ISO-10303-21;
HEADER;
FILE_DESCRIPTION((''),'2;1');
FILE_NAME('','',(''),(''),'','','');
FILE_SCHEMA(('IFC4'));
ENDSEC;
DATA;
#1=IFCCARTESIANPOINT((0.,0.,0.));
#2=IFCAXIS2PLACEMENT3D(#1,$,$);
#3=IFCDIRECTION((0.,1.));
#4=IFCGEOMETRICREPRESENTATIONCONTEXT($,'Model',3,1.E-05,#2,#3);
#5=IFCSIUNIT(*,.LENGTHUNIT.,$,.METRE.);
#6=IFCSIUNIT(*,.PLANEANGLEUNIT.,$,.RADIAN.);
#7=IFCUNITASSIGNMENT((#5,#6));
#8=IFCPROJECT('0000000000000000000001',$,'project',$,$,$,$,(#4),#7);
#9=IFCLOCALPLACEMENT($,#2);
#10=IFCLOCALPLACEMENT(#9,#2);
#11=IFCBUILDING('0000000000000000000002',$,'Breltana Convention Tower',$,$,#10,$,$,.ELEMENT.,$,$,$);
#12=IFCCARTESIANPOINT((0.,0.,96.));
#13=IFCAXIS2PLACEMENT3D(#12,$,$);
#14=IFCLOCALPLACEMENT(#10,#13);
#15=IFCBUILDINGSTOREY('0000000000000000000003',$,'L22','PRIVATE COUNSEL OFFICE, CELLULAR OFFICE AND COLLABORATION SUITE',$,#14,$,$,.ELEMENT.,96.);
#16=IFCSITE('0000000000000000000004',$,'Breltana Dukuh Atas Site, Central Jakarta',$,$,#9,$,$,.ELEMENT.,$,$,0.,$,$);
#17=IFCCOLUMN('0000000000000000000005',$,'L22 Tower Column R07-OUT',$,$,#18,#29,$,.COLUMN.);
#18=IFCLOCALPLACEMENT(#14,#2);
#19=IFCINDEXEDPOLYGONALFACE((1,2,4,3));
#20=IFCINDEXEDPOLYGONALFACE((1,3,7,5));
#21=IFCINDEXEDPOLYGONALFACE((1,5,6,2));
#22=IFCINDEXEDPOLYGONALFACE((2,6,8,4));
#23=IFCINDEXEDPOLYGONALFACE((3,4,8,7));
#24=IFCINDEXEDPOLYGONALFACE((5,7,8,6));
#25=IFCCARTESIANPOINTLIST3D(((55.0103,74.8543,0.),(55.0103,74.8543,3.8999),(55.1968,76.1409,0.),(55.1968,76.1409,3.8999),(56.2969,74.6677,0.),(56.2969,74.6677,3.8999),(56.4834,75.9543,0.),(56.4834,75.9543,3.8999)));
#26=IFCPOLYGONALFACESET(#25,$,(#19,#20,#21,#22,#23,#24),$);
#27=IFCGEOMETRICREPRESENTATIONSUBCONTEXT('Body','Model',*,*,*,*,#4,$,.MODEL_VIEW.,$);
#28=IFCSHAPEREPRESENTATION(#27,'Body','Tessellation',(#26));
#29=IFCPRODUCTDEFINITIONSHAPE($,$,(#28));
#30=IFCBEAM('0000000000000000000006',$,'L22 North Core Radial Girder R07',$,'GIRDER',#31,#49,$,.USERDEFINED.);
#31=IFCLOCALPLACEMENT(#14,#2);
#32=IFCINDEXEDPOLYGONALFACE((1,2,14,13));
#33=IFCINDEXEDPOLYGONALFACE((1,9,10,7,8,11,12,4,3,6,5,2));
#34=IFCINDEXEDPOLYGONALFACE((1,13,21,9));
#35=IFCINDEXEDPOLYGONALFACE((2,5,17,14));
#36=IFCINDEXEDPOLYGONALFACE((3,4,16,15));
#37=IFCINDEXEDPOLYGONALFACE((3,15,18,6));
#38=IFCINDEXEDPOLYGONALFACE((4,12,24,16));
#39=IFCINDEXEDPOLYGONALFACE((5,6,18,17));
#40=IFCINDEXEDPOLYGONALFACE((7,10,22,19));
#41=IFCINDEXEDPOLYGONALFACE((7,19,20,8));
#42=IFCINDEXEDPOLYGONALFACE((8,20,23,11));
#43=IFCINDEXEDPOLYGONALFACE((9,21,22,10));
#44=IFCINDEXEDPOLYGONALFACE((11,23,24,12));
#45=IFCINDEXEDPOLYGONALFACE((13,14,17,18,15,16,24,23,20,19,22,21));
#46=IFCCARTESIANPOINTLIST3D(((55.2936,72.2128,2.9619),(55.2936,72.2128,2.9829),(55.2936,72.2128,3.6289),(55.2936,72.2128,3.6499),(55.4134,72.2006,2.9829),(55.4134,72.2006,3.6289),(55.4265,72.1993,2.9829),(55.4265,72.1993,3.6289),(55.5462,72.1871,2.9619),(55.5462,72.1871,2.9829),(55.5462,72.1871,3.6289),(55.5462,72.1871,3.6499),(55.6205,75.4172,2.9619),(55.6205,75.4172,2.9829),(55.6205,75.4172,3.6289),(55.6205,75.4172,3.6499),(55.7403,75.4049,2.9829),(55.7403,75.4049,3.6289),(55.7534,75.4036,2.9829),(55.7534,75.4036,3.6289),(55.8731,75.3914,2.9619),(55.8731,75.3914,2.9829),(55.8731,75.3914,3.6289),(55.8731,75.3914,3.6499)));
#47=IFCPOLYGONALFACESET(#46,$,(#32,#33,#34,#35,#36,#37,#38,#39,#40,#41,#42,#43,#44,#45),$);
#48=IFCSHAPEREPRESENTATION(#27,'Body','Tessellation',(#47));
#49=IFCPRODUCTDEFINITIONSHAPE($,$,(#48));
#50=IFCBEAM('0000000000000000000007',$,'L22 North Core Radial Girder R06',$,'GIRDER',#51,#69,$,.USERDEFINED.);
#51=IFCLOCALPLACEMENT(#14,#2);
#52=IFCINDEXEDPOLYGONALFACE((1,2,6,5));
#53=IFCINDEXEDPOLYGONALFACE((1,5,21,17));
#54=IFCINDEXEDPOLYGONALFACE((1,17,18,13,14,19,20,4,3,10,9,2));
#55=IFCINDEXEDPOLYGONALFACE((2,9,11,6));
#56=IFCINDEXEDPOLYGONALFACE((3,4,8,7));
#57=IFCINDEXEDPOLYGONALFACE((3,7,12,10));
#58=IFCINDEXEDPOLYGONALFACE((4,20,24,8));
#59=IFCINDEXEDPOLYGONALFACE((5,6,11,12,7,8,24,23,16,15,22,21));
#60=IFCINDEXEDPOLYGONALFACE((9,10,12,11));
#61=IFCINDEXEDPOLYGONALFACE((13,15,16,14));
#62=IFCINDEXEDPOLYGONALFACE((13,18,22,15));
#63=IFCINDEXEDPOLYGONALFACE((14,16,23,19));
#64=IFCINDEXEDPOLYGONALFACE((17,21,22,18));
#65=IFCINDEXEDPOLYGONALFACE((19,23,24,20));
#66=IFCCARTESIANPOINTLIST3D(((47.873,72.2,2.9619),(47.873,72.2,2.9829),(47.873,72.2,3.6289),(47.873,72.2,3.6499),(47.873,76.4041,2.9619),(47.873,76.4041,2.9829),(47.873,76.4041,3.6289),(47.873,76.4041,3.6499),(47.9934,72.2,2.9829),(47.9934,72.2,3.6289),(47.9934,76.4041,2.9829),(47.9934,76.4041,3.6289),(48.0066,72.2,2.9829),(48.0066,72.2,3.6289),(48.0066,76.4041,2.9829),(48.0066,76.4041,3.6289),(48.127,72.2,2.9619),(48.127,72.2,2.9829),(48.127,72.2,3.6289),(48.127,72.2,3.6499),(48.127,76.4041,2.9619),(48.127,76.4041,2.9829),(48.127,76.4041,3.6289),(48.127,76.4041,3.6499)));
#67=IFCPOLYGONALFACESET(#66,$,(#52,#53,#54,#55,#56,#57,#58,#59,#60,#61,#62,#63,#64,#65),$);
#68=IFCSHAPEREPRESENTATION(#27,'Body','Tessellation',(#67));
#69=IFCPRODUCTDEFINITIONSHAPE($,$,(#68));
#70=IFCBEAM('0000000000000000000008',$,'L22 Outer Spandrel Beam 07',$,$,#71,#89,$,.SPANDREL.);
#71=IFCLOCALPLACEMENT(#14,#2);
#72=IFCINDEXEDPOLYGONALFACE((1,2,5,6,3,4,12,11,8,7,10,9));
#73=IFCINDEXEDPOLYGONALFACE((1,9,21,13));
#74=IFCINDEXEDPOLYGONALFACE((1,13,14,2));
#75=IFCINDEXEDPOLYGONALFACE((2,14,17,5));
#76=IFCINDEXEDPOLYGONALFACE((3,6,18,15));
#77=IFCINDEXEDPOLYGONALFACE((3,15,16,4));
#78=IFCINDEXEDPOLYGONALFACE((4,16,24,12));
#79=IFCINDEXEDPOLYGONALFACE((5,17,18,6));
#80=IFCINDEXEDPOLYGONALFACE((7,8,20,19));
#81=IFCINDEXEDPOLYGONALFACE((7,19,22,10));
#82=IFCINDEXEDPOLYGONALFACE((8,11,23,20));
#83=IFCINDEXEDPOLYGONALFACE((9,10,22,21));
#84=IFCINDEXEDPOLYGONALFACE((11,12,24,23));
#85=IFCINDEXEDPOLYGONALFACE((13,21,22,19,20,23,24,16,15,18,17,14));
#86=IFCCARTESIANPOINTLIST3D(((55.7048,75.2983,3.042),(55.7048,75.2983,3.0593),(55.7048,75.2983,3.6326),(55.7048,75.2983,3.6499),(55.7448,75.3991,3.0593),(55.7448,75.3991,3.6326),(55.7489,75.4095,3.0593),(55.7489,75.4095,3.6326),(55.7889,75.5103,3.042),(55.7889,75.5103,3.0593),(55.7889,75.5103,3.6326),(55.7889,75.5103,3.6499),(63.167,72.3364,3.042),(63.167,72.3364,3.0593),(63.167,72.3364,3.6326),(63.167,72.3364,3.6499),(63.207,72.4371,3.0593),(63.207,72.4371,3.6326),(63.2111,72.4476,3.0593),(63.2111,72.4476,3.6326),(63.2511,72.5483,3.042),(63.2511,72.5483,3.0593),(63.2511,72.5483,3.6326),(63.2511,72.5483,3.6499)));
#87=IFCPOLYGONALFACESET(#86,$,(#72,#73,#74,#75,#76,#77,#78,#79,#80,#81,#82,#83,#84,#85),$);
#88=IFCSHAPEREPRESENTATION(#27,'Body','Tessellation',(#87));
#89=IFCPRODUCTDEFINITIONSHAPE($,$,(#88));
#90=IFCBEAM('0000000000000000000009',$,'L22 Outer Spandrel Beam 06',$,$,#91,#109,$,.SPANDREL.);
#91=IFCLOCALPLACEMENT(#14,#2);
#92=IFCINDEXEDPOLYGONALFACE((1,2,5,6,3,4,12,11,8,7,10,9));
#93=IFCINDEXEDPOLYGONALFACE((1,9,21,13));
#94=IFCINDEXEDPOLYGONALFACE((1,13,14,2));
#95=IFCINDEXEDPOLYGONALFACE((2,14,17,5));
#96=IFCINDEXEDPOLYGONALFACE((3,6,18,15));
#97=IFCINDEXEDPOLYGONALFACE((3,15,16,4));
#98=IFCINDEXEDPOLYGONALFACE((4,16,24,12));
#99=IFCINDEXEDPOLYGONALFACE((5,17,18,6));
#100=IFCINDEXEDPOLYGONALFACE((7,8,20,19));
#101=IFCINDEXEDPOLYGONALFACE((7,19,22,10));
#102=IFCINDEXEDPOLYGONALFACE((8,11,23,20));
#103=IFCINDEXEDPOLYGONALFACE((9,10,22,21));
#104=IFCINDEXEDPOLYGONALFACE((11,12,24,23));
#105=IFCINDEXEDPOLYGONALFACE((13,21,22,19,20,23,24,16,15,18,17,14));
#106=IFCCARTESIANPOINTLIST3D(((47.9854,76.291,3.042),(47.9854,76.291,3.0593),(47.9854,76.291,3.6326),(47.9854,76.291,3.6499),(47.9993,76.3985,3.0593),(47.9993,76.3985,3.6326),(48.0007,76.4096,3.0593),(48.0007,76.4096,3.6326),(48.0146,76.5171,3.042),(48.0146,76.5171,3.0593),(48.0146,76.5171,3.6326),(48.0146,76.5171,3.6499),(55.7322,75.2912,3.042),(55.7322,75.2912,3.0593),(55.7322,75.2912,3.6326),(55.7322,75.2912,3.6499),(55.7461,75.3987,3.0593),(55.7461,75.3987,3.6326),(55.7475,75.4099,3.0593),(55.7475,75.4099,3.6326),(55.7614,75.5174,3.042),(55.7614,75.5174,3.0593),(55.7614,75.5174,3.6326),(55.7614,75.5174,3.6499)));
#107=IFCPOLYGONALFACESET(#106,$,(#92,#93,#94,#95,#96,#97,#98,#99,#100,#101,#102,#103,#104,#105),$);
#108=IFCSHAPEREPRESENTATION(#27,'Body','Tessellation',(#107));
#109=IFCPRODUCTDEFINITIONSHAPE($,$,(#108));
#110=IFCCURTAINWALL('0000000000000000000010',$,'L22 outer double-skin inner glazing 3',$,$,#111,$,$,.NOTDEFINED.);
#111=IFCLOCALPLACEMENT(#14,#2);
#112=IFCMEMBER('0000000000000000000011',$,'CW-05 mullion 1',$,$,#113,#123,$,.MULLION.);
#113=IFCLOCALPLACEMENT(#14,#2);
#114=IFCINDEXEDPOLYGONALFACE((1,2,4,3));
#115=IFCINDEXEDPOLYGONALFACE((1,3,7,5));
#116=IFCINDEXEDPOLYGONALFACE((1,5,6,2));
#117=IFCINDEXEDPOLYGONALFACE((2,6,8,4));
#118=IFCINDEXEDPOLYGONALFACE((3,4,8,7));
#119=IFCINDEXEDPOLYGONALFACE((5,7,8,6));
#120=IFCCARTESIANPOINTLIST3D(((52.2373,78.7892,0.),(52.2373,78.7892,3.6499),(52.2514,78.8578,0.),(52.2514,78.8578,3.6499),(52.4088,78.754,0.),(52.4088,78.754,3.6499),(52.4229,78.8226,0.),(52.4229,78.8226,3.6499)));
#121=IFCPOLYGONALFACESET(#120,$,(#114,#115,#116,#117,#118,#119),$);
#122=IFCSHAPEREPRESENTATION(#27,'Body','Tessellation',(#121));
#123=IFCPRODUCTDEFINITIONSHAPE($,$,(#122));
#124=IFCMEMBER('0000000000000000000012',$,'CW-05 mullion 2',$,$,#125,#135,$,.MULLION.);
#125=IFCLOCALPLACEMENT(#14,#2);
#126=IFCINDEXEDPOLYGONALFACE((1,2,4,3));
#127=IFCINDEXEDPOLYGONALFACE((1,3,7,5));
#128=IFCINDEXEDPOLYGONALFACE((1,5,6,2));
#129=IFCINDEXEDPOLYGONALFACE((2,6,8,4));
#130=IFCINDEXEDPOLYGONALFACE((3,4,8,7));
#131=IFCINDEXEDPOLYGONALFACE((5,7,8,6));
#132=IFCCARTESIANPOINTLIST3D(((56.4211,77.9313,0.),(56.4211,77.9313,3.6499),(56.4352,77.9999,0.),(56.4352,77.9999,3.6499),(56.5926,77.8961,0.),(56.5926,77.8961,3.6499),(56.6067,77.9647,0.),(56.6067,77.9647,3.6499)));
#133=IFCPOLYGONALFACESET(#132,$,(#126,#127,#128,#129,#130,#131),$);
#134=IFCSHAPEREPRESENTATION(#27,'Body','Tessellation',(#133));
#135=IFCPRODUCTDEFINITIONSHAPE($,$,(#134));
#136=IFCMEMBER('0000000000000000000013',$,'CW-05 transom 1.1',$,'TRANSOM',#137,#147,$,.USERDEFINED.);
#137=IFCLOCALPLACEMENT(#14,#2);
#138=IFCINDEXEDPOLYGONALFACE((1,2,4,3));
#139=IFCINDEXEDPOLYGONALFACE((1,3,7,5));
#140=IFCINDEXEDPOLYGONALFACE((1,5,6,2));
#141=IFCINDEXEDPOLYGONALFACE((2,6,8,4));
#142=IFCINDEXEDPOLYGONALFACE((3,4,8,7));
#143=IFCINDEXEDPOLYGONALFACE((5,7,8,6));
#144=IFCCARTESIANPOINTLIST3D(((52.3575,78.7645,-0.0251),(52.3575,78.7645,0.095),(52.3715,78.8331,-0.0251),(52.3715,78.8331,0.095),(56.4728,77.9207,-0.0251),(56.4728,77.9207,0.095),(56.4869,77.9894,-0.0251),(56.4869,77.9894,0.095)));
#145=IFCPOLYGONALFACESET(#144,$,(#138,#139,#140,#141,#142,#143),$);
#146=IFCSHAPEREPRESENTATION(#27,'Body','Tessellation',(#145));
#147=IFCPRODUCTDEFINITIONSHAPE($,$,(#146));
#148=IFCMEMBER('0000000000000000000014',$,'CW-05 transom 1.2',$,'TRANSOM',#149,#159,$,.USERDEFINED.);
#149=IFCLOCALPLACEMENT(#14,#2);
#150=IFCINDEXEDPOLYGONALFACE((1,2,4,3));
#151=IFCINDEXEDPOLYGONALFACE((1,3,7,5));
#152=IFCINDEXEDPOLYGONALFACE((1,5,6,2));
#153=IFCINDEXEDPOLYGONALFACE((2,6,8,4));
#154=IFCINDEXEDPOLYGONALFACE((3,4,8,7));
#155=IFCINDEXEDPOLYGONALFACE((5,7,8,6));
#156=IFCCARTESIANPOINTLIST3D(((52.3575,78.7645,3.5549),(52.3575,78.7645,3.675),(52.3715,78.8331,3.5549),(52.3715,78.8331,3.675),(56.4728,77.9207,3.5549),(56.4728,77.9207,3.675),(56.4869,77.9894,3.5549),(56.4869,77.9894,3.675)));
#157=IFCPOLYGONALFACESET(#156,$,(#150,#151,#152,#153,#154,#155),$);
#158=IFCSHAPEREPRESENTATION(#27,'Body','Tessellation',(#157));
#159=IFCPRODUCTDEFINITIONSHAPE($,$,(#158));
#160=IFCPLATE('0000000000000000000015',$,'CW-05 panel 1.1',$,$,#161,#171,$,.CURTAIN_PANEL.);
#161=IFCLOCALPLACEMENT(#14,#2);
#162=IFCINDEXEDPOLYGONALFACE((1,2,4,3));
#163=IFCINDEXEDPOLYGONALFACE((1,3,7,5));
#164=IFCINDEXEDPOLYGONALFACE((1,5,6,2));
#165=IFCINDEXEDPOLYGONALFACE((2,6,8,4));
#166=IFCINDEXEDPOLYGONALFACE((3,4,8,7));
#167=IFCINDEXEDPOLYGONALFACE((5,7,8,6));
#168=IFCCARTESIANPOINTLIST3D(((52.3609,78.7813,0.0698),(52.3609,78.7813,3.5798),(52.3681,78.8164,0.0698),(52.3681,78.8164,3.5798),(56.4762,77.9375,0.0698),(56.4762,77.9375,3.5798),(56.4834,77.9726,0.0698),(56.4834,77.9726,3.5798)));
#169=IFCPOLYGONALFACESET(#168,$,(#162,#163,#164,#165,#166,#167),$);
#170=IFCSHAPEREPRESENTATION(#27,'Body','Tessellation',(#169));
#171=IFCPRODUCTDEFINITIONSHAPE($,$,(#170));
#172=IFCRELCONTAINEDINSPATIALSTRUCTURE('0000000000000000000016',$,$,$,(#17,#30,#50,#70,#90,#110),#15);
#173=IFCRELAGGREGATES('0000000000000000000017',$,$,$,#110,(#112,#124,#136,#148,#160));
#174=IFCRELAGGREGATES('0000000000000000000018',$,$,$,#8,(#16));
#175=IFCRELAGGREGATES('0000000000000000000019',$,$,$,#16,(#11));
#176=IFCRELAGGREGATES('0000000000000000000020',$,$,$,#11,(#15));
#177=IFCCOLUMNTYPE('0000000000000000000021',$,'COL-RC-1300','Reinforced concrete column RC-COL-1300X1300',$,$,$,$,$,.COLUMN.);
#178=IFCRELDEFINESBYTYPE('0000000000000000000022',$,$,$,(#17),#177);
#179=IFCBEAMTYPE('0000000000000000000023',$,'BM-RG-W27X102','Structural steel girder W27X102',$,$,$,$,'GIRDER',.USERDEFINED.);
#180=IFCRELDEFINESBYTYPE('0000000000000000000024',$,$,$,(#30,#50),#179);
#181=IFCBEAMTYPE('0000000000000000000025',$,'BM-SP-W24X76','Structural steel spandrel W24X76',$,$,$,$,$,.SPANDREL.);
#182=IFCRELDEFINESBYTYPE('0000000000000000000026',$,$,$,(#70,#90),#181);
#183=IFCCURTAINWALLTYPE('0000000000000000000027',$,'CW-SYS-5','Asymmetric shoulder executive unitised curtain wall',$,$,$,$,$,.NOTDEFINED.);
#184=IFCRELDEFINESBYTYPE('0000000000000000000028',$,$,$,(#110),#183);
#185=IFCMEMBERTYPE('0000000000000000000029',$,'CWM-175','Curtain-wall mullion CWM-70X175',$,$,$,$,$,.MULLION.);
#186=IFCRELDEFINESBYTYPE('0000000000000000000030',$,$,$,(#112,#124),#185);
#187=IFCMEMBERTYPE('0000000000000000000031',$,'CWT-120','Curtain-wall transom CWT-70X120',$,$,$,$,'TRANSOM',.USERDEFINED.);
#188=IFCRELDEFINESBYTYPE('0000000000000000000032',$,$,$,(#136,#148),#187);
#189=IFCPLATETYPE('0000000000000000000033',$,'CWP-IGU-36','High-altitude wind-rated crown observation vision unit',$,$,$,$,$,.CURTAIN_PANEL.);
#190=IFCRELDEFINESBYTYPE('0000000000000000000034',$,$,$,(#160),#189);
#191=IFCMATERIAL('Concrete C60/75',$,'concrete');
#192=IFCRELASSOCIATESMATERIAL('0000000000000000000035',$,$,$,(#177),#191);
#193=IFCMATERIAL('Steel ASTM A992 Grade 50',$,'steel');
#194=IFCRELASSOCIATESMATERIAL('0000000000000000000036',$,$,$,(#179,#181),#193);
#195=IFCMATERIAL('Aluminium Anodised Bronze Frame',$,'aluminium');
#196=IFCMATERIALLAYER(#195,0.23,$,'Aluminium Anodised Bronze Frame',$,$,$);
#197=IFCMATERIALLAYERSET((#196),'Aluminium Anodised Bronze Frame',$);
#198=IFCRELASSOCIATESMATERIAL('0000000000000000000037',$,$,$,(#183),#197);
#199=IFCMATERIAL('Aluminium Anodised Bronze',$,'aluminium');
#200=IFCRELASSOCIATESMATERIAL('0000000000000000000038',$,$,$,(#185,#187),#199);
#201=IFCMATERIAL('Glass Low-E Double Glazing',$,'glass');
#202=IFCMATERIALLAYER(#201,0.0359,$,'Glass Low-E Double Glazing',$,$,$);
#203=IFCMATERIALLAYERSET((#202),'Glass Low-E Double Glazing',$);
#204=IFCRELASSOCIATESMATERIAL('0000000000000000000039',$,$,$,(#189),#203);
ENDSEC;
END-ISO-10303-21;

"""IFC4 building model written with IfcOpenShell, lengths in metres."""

from ifc_helpers import new_model, si_unit, direction, frame, origin, origin_2d, place, context, subcontext, project, spatial, rectangle, i_section, extrude, source, transform, mapped, material, layer, layer_set, material_profile, profile_set, type_object, element, aggregate, save


model = new_model("IFC4")

# Units and contexts
model_context = context("Model", 3, precision=1e-05, world=origin(), true_north=direction((0.0, 1.0)))
body_context = subcontext(model_context, "Body", "Model", "MODEL_VIEW")
ifc_project = project(units=[si_unit("LENGTHUNIT", "METRE"), si_unit("PLANEANGLEUNIT", "RADIAN")], contexts=[model_context])

# Site, building, storey
site_placement = place(None, origin())
site = spatial("IfcSite", under=ifc_project, at=site_placement, Name="Breltana Dukuh Atas Site, Central Jakarta", CompositionType="ELEMENT", RefElevation=0.0)
building_placement = place(site_placement, origin())
building = spatial("IfcBuilding", under=site, at=building_placement, Name="Breltana Convention Tower", CompositionType="ELEMENT")
storey_placement = place(building_placement, frame((0.0, 0.0, 96.0)))
storey = spatial("IfcBuildingStorey", under=building, at=storey_placement, Name="L22", Description="PRIVATE COUNSEL OFFICE, CELLULAR OFFICE AND COLLABORATION SUITE", CompositionType="ELEMENT", Elevation=96.0)

# Column
ifc_material_1 = material(Name="Concrete C60/75", Category="concrete")
ifc_material_profile_1 = material_profile(ifc_material_1, rectangle(XDim=1.3, YDim=1.3, at=origin_2d()), Name="RC-COL-1300X1300")
ifc_profile_set_1 = profile_set([ifc_material_profile_1], Name="Concrete C60/75")
column_type = type_object("IfcColumnType", Name="COL-RC-1300", Description="Reinforced concrete column RC-COL-1300X1300", PredefinedType="COLUMN", material=ifc_profile_set_1)
shared_shape_1 = source(origin(), body_context, "Body", "SweptSolid", [
    extrude(rectangle(XDim=1.3, YDim=1.3, at=origin_2d()), origin(), (0.0, 0.0, 1.0), 3.8999),
])
column_placement = place(storey_placement, frame((55.7468, 75.4043, 0.0), z_axis=(0.0, 0.0, 1.0), x_axis=(0.143493, 0.989651, 0.0)))
element("IfcColumn", 1, at=column_placement, inside=storey, type_object=column_type, Name="L22 Tower Column R07-OUT", PredefinedType="COLUMN", context=body_context, shape_type="MappedRepresentation", body=[
    mapped(shared_shape_1, transform((0.0, 0.0, 0.0), scale=1.0)),
])

# Beams
ifc_material_2 = material(Name="Steel ASTM A992 Grade 50", Category="steel")
ifc_material_profile_2 = material_profile(ifc_material_2, i_section(OverallWidth=0.2539, OverallDepth=0.688, WebThickness=0.0132, FlangeThickness=0.021, at=origin_2d()), Name="W27X102")
ifc_profile_set_2 = profile_set([ifc_material_profile_2], Name="Steel ASTM A992 Grade 50")
beam_type_1 = type_object("IfcBeamType", Name="BM-RG-W27X102", Description="Structural steel girder W27X102", ElementType="GIRDER", PredefinedType="USERDEFINED", material=ifc_profile_set_2)
shared_shape_2 = source(origin(), body_context, "Body", "SweptSolid", [
    extrude(i_section(OverallWidth=0.2539, OverallDepth=0.688, WebThickness=0.0132, FlangeThickness=0.021, at=origin_2d()), origin(), (0.0, 0.0, 1.0), 3.2209),
])
beam_1_placement = place(storey_placement, frame((55.4199, 72.2, 3.3059), z_axis=(0.101492, 0.994836, 0.0), x_axis=(-0.994836, 0.101492, 0.0)))
element("IfcBeam", 2, at=beam_1_placement, inside=storey, type_object=beam_type_1, Name="L22 North Core Radial Girder R07", ObjectType="GIRDER", PredefinedType="USERDEFINED", context=body_context, shape_type="MappedRepresentation", body=[
    mapped(shared_shape_2, transform((0.0, 0.0, 0.0), scale=1.0)),
])
shared_shape_3 = source(origin(), body_context, "Body", "SweptSolid", [
    extrude(i_section(OverallWidth=0.2539, OverallDepth=0.688, WebThickness=0.0132, FlangeThickness=0.021, at=origin_2d()), origin(), (0.0, 0.0, 1.0), 4.2041),
])
beam_2_placement = place(storey_placement, frame((48.0, 72.2, 3.3059), z_axis=(0.0, 1.0, 0.0), x_axis=(-1.0, 0.0, 0.0)))
element("IfcBeam", 3, at=beam_2_placement, inside=storey, type_object=beam_type_1, Name="L22 North Core Radial Girder R06", ObjectType="GIRDER", PredefinedType="USERDEFINED", context=body_context, shape_type="MappedRepresentation", body=[
    mapped(shared_shape_3, transform((0.0, 0.0, 0.0), scale=1.0)),
])
ifc_material_profile_3 = material_profile(ifc_material_2, i_section(OverallWidth=0.228, OverallDepth=0.6079, WebThickness=0.0112, FlangeThickness=0.0173, at=origin_2d()), Name="W24X76")
ifc_profile_set_3 = profile_set([ifc_material_profile_3], Name="Steel ASTM A992 Grade 50")
beam_type_2 = type_object("IfcBeamType", Name="BM-SP-W24X76", Description="Structural steel spandrel W24X76", PredefinedType="SPANDREL", material=ifc_profile_set_3)
shared_shape_4 = source(origin(), body_context, "Body", "SweptSolid", [
    extrude(i_section(OverallWidth=0.228, OverallDepth=0.6079, WebThickness=0.0112, FlangeThickness=0.0173, at=origin_2d()), origin(), (0.0, 0.0, 1.0), 8.0286),
])
beam_3_placement = place(storey_placement, frame((55.7468, 75.4043, 3.3459), z_axis=(0.929459, -0.368925, 0.0), x_axis=(0.368925, 0.929459, 0.0)))
element("IfcBeam", 4, at=beam_3_placement, inside=storey, type_object=beam_type_2, Name="L22 Outer Spandrel Beam 07", PredefinedType="SPANDREL", context=body_context, shape_type="MappedRepresentation", body=[
    mapped(shared_shape_4, transform((0.0, 0.0, 0.0), scale=1.0)),
])
shared_shape_5 = source(origin(), body_context, "Body", "SweptSolid", [
    extrude(i_section(OverallWidth=0.228, OverallDepth=0.6079, WebThickness=0.0112, FlangeThickness=0.0173, at=origin_2d()), origin(), (0.0, 0.0, 1.0), 7.811),
])
beam_4_placement = place(storey_placement, frame((48.0, 76.4041, 3.3459), z_axis=(0.991775, -0.127992, 0.0), x_axis=(0.127992, 0.991775, 0.0)))
element("IfcBeam", 5, at=beam_4_placement, inside=storey, type_object=beam_type_2, Name="L22 Outer Spandrel Beam 06", PredefinedType="SPANDREL", context=body_context, shape_type="MappedRepresentation", body=[
    mapped(shared_shape_5, transform((0.0, 0.0, 0.0), scale=1.0)),
])

# Curtain wall, members, plate
ifc_material_3 = material(Name="Aluminium Anodised Bronze Frame", Category="aluminium")
ifc_layer_1 = layer(ifc_material_3, 0.23, Name="Aluminium Anodised Bronze Frame")
ifc_layer_set_1 = layer_set([ifc_layer_1], Name="Aluminium Anodised Bronze Frame")
curtain_wall_type = type_object("IfcCurtainWallType", Name="CW-SYS-5", Description="Asymmetric shoulder executive unitised curtain wall", PredefinedType="NOTDEFINED", material=ifc_layer_set_1)
curtain_wall_placement = place(storey_placement, origin())
curtain_wall = element("IfcCurtainWall", 6, at=curtain_wall_placement, inside=storey, type_object=curtain_wall_type, Name="L22 outer double-skin inner glazing 3", PredefinedType="NOTDEFINED")
ifc_material_4 = material(Name="Aluminium Anodised Bronze", Category="aluminium")
ifc_material_profile_4 = material_profile(ifc_material_4, rectangle(XDim=0.0701, YDim=0.175, at=origin_2d()), Name="CWM-70X175")
ifc_profile_set_4 = profile_set([ifc_material_profile_4], Name="Aluminium Anodised Bronze")
member_type_1 = type_object("IfcMemberType", Name="CWM-175", Description="Curtain-wall mullion CWM-70X175", PredefinedType="MULLION", material=ifc_profile_set_4)
shared_shape_6 = source(origin(), body_context, "Body", "SweptSolid", [
    extrude(rectangle(XDim=0.0701, YDim=0.175, at=origin_2d()), origin(), (0.0, 0.0, 1.0), 3.6499),
])
member_1_placement = place(storey_placement, frame((52.3301, 78.8059, 0.0), z_axis=(0.0, 0.0, 1.0), x_axis=(0.200859, 0.97962, 0.0)))
member_1 = element("IfcMember", 7, at=member_1_placement, type_object=member_type_1, Name="CW-05 mullion 1", PredefinedType="MULLION", context=body_context, shape_type="MappedRepresentation", body=[
    mapped(shared_shape_6, transform((0.0, 0.0, 0.0), scale=1.0)),
])
member_2_placement = place(storey_placement, frame((56.5139, 77.948, 0.0), z_axis=(0.0, 0.0, 1.0), x_axis=(0.200859, 0.97962, 0.0)))
member_2 = element("IfcMember", 8, at=member_2_placement, type_object=member_type_1, Name="CW-05 mullion 2", PredefinedType="MULLION", context=body_context, shape_type="MappedRepresentation", body=[
    mapped(shared_shape_6, transform((0.0, 0.0, 0.0), scale=1.0)),
])
ifc_material_profile_5 = material_profile(ifc_material_4, rectangle(XDim=0.0701, YDim=0.1201, at=origin_2d()), Name="CWT-70X120")
ifc_profile_set_5 = profile_set([ifc_material_profile_5], Name="Aluminium Anodised Bronze")
member_type_2 = type_object("IfcMemberType", Name="CWT-120", Description="Curtain-wall transom CWT-70X120", ElementType="TRANSOM", PredefinedType="USERDEFINED", material=ifc_profile_set_5)
shared_shape_7 = source(origin(), body_context, "Body", "SweptSolid", [
    extrude(rectangle(XDim=0.0701, YDim=0.1201, at=origin_2d()), origin(), (0.0, 0.0, 1.0), 4.2009),
])
member_3_placement = place(storey_placement, frame((52.3645, 78.7988, 0.0349), z_axis=(0.979621, -0.200853, 0.0), x_axis=(0.200853, 0.979621, 0.0)))
member_3 = element("IfcMember", 9, at=member_3_placement, type_object=member_type_2, Name="CW-05 transom 1.1", ObjectType="TRANSOM", PredefinedType="USERDEFINED", context=body_context, shape_type="MappedRepresentation", body=[
    mapped(shared_shape_7, transform((0.0, 0.0, 0.0), scale=1.0)),
])
member_4_placement = place(storey_placement, frame((52.3645, 78.7988, 3.615), z_axis=(0.979621, -0.200853, 0.0), x_axis=(0.200853, 0.979621, 0.0)))
member_4 = element("IfcMember", 10, at=member_4_placement, type_object=member_type_2, Name="CW-05 transom 1.2", ObjectType="TRANSOM", PredefinedType="USERDEFINED", context=body_context, shape_type="MappedRepresentation", body=[
    mapped(shared_shape_7, transform((0.0, 0.0, 0.0), scale=1.0)),
])
ifc_material_5 = material(Name="Glass Low-E Double Glazing", Category="glass")
ifc_layer_2 = layer(ifc_material_5, 0.0359, Name="Glass Low-E Double Glazing")
ifc_layer_set_2 = layer_set([ifc_layer_2], Name="Glass Low-E Double Glazing")
plate_type = type_object("IfcPlateType", Name="CWP-IGU-36", Description="High-altitude wind-rated crown observation vision unit", PredefinedType="CURTAIN_PANEL", material=ifc_layer_set_2)
shared_shape_8 = source(origin(), body_context, "Body", "SweptSolid", [
    extrude(rectangle(XDim=4.2009, YDim=0.0359, at=origin_2d()), origin(), (0.0, 0.0, 1.0), 3.51),
])
plate_placement = place(storey_placement, frame((54.4221, 78.377, 0.0698), z_axis=(0.0, 0.0, 1.0), x_axis=(0.97962, -0.200859, 0.0)))
plate = element("IfcPlate", 11, at=plate_placement, type_object=plate_type, Name="CW-05 panel 1.1", PredefinedType="CURTAIN_PANEL", context=body_context, shape_type="MappedRepresentation", body=[
    mapped(shared_shape_8, transform((0.0, 0.0, 0.0), scale=1.0)),
])
aggregate(curtain_wall, [member_1, member_2, member_3, member_4, plate])

save(model, "model.ifc")
